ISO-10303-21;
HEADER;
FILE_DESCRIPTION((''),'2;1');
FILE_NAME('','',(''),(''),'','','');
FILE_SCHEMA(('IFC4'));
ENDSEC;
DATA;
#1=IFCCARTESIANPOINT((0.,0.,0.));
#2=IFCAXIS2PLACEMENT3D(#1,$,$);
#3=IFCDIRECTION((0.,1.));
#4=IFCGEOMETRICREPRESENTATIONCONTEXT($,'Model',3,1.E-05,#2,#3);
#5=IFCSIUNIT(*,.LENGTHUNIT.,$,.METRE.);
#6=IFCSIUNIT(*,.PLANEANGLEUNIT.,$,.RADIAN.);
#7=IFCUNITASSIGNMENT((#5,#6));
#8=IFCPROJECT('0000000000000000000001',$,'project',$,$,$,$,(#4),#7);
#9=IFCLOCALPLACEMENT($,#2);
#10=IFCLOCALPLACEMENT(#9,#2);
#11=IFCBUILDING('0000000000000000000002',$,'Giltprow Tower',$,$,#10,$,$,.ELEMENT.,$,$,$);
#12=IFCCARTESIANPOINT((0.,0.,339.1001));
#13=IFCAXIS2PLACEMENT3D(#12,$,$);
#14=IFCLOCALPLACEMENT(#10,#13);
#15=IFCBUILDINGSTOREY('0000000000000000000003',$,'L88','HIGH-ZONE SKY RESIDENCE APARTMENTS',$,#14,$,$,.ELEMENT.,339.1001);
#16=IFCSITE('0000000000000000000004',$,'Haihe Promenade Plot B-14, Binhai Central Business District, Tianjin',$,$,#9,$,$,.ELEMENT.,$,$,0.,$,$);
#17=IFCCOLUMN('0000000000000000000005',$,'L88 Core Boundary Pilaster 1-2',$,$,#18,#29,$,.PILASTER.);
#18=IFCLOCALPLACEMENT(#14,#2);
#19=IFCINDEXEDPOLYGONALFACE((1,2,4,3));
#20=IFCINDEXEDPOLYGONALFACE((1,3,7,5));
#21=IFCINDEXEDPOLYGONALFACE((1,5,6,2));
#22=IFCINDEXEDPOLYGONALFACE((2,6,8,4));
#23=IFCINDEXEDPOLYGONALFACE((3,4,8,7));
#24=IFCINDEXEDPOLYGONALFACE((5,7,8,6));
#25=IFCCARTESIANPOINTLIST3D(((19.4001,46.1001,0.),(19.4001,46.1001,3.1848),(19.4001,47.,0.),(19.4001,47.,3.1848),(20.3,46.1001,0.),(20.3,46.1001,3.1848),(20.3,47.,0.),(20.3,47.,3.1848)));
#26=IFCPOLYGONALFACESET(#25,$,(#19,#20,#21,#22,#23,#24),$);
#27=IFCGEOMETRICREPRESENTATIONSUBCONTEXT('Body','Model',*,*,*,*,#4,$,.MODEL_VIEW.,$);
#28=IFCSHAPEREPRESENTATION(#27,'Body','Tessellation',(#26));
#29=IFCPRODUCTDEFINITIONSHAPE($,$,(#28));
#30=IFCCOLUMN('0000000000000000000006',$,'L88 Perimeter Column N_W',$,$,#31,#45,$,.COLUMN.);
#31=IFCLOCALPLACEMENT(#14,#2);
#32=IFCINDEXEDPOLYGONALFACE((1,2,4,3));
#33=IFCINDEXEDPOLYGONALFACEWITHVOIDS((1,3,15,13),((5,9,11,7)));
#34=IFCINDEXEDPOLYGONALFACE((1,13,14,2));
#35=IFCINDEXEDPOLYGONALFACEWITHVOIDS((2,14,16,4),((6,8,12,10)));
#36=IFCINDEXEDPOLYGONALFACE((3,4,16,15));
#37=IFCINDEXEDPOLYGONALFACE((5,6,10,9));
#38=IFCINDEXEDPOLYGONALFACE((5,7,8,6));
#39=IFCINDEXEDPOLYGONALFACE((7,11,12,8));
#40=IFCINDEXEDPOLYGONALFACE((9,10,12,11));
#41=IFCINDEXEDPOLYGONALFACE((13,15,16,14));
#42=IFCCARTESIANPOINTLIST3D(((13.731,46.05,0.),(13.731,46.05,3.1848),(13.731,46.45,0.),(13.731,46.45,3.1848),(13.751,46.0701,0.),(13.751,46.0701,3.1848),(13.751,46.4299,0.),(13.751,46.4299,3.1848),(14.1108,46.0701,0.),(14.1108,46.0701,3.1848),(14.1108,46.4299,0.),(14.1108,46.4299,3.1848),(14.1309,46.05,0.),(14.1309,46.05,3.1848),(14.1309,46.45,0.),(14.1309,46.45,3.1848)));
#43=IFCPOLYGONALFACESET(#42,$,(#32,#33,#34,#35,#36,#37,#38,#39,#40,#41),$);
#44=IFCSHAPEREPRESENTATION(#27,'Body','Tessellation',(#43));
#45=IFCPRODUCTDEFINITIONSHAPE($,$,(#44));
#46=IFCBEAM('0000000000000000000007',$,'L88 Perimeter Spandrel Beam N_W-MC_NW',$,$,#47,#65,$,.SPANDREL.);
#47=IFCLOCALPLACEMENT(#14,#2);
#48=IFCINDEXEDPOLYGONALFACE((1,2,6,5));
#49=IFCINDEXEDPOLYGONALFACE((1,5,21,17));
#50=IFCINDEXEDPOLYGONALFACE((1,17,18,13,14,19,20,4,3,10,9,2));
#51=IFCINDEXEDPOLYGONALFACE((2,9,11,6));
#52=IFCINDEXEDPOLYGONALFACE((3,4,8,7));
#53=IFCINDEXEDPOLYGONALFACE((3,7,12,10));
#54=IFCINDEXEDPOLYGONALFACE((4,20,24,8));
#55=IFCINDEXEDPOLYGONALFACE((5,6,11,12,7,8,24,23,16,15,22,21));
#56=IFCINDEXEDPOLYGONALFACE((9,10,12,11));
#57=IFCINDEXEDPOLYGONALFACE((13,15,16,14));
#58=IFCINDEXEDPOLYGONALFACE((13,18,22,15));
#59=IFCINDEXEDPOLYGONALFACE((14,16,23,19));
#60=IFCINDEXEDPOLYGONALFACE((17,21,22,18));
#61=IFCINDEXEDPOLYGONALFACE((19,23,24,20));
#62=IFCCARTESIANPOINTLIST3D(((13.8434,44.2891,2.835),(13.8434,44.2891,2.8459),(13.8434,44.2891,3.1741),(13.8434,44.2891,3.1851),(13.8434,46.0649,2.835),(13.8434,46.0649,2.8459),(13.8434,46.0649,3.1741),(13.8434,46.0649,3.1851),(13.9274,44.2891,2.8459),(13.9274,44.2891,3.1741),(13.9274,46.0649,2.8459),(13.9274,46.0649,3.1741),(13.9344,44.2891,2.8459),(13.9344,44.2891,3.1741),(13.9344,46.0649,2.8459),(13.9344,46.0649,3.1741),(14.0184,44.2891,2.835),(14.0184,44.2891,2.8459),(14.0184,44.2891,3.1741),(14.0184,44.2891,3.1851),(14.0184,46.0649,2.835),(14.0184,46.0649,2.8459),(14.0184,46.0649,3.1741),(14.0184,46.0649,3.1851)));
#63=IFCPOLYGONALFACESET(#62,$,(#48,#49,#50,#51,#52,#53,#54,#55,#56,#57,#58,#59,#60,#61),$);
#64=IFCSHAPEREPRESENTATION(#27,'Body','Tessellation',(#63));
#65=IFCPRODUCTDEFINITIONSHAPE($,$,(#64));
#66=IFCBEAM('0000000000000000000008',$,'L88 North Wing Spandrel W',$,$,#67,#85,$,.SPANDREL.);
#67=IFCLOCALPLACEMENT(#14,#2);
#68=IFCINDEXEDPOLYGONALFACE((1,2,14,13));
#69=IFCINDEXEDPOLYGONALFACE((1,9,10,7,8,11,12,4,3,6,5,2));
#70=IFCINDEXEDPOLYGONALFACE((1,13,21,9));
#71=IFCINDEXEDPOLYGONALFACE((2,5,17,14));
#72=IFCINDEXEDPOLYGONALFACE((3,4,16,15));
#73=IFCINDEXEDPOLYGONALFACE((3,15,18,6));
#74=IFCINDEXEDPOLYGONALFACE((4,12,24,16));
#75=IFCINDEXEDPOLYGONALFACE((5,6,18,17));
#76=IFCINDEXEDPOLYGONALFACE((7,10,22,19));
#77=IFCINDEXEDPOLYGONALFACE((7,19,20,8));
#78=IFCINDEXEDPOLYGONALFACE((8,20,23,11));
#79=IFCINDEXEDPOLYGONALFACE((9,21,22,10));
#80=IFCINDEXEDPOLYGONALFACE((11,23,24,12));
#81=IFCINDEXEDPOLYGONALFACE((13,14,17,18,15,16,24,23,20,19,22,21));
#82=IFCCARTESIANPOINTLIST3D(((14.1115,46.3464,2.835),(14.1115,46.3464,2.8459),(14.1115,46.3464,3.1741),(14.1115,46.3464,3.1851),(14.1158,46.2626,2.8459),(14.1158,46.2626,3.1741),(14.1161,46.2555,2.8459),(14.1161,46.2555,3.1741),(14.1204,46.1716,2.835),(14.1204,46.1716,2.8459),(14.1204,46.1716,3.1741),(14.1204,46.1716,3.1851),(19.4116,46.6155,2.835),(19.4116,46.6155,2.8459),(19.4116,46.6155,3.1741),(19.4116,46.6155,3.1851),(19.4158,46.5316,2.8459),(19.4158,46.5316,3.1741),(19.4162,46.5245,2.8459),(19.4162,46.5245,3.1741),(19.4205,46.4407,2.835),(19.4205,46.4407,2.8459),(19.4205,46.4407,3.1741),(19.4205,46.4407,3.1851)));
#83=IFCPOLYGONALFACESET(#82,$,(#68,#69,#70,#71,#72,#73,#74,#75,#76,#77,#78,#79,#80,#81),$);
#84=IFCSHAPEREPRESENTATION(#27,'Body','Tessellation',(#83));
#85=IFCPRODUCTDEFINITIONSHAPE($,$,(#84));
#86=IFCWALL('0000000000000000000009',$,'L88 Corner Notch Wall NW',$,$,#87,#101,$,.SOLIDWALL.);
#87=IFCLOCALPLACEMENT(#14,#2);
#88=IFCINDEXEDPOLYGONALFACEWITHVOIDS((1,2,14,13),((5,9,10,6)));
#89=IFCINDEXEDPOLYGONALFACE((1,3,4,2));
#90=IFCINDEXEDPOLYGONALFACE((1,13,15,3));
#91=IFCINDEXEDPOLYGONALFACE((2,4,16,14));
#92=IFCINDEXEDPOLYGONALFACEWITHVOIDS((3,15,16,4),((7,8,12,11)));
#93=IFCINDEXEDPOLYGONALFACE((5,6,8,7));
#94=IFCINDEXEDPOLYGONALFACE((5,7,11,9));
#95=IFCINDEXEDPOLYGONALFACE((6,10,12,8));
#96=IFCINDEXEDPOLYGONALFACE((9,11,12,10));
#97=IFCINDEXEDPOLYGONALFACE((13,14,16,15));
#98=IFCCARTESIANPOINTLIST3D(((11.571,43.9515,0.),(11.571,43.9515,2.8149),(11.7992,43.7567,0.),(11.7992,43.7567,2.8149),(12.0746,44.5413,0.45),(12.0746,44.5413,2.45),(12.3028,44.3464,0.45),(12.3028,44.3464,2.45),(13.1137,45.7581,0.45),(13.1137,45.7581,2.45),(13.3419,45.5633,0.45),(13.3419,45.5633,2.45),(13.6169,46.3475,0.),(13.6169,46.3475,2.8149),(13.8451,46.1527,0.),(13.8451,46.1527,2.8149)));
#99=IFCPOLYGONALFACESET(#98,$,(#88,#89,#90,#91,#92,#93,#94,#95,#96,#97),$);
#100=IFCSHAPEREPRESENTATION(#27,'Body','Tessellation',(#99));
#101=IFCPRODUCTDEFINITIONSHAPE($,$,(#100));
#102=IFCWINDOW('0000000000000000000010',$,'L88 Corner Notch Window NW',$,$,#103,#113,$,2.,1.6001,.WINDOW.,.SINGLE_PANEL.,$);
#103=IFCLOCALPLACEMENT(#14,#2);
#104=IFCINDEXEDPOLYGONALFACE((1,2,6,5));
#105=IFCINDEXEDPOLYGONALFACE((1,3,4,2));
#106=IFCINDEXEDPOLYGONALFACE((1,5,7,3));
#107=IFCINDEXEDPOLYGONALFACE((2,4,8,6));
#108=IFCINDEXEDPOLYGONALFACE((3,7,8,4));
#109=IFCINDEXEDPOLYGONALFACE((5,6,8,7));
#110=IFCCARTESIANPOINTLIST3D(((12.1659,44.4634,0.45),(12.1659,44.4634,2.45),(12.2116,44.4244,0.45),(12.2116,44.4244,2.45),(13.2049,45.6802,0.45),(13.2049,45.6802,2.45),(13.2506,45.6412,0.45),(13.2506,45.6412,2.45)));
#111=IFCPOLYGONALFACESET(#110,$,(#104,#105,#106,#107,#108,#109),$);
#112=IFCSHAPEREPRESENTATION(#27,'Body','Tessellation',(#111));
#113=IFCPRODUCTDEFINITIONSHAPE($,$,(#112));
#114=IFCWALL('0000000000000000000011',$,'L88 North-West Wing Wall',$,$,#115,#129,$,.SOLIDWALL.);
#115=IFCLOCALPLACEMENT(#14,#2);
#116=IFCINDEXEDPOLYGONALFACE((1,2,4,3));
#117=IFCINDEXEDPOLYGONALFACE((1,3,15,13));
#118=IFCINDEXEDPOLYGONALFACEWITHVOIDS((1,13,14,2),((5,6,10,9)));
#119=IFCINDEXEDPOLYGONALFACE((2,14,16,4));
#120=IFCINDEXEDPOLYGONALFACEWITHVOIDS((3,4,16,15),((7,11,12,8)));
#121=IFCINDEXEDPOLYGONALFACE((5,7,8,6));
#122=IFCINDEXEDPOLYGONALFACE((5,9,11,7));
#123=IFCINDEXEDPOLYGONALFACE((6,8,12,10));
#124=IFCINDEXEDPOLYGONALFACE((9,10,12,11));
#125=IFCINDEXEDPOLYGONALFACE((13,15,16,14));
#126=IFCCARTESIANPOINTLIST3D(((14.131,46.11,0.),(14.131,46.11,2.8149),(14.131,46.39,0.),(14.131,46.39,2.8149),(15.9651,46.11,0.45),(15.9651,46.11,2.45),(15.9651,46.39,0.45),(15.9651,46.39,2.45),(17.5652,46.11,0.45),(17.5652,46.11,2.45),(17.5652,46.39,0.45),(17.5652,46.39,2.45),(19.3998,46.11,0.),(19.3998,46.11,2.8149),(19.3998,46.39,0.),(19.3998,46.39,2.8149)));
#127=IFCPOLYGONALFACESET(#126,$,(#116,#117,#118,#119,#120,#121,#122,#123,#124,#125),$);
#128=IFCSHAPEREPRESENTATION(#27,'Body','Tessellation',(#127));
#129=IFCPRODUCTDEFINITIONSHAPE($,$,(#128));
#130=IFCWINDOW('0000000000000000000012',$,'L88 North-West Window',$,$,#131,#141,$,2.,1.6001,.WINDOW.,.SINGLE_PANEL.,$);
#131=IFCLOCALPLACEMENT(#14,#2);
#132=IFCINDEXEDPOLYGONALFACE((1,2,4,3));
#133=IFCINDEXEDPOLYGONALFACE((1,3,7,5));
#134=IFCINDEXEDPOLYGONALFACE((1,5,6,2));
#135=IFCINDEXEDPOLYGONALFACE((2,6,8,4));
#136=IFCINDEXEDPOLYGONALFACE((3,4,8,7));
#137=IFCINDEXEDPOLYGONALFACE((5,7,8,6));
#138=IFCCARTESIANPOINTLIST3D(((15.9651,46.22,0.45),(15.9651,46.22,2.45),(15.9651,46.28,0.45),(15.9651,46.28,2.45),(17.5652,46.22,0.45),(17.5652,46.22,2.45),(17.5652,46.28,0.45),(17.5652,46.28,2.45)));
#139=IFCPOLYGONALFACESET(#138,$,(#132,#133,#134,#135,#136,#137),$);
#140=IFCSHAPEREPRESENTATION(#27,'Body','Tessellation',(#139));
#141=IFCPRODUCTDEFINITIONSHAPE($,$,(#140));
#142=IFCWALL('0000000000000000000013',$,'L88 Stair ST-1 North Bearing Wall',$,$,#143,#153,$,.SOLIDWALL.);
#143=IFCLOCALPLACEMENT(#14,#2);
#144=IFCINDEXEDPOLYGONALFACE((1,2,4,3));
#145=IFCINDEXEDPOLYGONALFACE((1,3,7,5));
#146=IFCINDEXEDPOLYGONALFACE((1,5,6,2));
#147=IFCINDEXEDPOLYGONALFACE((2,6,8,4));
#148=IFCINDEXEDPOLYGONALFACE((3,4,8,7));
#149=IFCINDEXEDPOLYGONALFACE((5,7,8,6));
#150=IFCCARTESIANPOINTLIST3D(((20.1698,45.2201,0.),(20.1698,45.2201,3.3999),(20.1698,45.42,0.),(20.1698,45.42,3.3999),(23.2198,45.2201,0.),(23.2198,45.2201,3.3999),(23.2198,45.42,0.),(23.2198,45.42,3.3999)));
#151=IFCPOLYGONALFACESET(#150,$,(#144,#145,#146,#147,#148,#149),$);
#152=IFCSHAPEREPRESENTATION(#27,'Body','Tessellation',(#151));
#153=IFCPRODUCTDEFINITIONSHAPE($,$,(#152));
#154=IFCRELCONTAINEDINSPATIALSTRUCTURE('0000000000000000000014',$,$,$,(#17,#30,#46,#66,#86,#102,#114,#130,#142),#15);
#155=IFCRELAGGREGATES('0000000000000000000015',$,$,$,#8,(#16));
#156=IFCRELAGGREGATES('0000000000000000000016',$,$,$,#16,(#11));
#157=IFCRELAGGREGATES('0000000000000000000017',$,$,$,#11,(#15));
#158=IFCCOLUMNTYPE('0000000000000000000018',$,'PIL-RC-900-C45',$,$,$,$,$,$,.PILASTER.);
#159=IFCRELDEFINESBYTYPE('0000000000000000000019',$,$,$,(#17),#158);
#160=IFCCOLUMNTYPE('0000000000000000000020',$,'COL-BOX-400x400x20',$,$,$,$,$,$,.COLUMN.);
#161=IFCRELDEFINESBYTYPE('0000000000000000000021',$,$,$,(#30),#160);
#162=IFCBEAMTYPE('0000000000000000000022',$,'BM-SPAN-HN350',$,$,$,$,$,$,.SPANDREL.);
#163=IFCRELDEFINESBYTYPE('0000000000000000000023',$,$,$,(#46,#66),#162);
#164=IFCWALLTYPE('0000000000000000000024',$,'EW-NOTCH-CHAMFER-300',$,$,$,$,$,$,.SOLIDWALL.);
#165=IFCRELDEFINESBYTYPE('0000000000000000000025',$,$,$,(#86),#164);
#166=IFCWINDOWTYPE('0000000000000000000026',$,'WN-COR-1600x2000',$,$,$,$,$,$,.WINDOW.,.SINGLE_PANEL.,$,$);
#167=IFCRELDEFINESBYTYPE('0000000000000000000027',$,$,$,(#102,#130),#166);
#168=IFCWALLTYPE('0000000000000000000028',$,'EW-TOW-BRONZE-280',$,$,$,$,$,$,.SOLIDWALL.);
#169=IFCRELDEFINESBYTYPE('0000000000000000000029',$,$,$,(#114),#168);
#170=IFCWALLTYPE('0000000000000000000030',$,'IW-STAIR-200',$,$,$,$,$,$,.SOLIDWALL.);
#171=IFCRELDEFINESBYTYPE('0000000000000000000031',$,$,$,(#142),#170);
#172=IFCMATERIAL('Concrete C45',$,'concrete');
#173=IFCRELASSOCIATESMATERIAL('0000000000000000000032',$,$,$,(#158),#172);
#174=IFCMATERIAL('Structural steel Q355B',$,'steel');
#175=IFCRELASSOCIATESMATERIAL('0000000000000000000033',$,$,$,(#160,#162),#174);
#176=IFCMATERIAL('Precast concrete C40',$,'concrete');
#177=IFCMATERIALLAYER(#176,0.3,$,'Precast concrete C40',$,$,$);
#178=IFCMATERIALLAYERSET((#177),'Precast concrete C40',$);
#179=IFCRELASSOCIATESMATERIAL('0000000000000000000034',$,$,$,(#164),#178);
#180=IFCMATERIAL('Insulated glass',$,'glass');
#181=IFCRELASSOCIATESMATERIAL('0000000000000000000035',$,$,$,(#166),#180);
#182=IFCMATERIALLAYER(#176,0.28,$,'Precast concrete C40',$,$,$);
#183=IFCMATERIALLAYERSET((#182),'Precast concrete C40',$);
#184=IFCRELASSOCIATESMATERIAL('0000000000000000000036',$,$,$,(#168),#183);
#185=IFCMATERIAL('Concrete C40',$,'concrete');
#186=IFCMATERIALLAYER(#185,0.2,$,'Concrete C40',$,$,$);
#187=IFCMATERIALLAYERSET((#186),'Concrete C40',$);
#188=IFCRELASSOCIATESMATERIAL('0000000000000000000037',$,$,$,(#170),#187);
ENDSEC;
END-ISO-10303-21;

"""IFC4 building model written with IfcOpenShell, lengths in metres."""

from ifc_helpers import new_model, si_unit, direction, frame, frame_2d, origin, origin_2d, place, context, subcontext, project, spatial, rectangle, hollow_rectangle, i_section, extrude, source, transform, mapped, material, layer, layer_set, material_profile, profile_set, type_object, element, fill, save


model = new_model("IFC4")

# Units and contexts
model_context = context("Model", 3, precision=1e-05, world=origin(), true_north=direction((0.0, 1.0)))
body_context = subcontext(model_context, "Body", "Model", "MODEL_VIEW")
ifc_project = project(units=[si_unit("LENGTHUNIT", "METRE"), si_unit("PLANEANGLEUNIT", "RADIAN")], contexts=[model_context])

# Site, building, storey
site_placement = place(None, origin())
site = spatial("IfcSite", under=ifc_project, at=site_placement, Name="Haihe Promenade Plot B-14, Binhai Central Business District, Tianjin", CompositionType="ELEMENT", RefElevation=0.0)
building_placement = place(site_placement, origin())
building = spatial("IfcBuilding", under=site, at=building_placement, Name="Giltprow Tower", CompositionType="ELEMENT")
storey_placement = place(building_placement, frame((0.0, 0.0, 339.1001)))
storey = spatial("IfcBuildingStorey", under=building, at=storey_placement, Name="L88", Description="HIGH-ZONE SKY RESIDENCE APARTMENTS", CompositionType="ELEMENT", Elevation=339.1001)

# Columns
ifc_material_1 = material(Name="Concrete C45", Category="concrete")
ifc_material_profile_1 = material_profile(ifc_material_1, rectangle(XDim=0.8999, YDim=0.8999, at=origin_2d()), Name="RC 900x900")
ifc_profile_set_1 = profile_set([ifc_material_profile_1], Name="Concrete C45")
column_type_1 = type_object("IfcColumnType", Name="PIL-RC-900-C45", PredefinedType="PILASTER", material=ifc_profile_set_1)
shared_shape_1 = source(origin(), body_context, "Body", "SweptSolid", [
    extrude(rectangle(XDim=0.8999, YDim=0.8999, at=origin_2d()), origin(), (0.0, 0.0, 1.0), 3.1848),
])
column_1_placement = place(storey_placement, frame((19.8501, 46.55, 0.0), z_axis=(0.0, 0.0, 1.0), x_axis=(1.0, 0.0, 0.0)))
element("IfcColumn", 1, at=column_1_placement, inside=storey, type_object=column_type_1, Name="L88 Core Boundary Pilaster 1-2", PredefinedType="PILASTER", context=body_context, shape_type="MappedRepresentation", body=[
    mapped(shared_shape_1, transform((0.0, 0.0, 0.0), x_axis=(1.0, 0.0, 0.0), y_axis=(0.0, 1.0, 0.0), z_axis=(0.0, 0.0, 1.0), scale=1.0)),
])
ifc_material_2 = material(Name="Structural steel Q355B", Category="steel")
ifc_material_profile_2 = material_profile(ifc_material_2, hollow_rectangle(XDim=0.3999, YDim=0.3999, WallThickness=0.02, at=origin_2d()), Name="BOX 400x400x20")
ifc_profile_set_2 = profile_set([ifc_material_profile_2], Name="Structural steel Q355B")
column_type_2 = type_object("IfcColumnType", Name="COL-BOX-400x400x20", PredefinedType="COLUMN", material=ifc_profile_set_2)
shared_shape_2 = source(origin(), body_context, "Body", "SweptSolid", [
    extrude(hollow_rectangle(XDim=0.3999, YDim=0.3999, WallThickness=0.02, at=origin_2d()), origin(), (0.0, 0.0, 1.0), 3.1848),
])
column_2_placement = place(storey_placement, frame((13.9309, 46.25, 0.0), z_axis=(0.0, 0.0, 1.0), x_axis=(1.0, 0.0, 0.0)))
element("IfcColumn", 2, at=column_2_placement, inside=storey, type_object=column_type_2, Name="L88 Perimeter Column N_W", PredefinedType="COLUMN", context=body_context, shape_type="MappedRepresentation", body=[
    mapped(shared_shape_2, transform((0.0, 0.0, 0.0), x_axis=(1.0, 0.0, 0.0), y_axis=(0.0, 1.0, 0.0), z_axis=(0.0, 0.0, 1.0), scale=1.0)),
])

# Beams
ifc_material_profile_3 = material_profile(ifc_material_2, i_section(OverallWidth=0.175, OverallDepth=0.3501, WebThickness=0.0071, FlangeThickness=0.011, at=origin_2d()), Name="HN 350x175x7x11")
ifc_profile_set_3 = profile_set([ifc_material_profile_3], Name="Structural steel Q355B")
beam_type = type_object("IfcBeamType", Name="BM-SPAN-HN350", PredefinedType="SPANDREL", material=ifc_profile_set_3)
shared_shape_3 = source(origin(), body_context, "Body", "SweptSolid", [
    extrude(i_section(OverallWidth=0.175, OverallDepth=0.3501, WebThickness=0.0071, FlangeThickness=0.011, at=origin_2d()), origin(), (0.0, 0.0, 1.0), 1.7759),
])
beam_1_placement = place(storey_placement, frame((13.9309, 46.0649, 3.01), z_axis=(0.0, -1.0, 0.0), x_axis=(1.0, 0.0, 0.0)))
element("IfcBeam", 3, at=beam_1_placement, inside=storey, type_object=beam_type, Name="L88 Perimeter Spandrel Beam N_W-MC_NW", PredefinedType="SPANDREL", context=body_context, shape_type="MappedRepresentation", body=[
    mapped(shared_shape_3, transform((0.0, 0.0, 0.0), x_axis=(1.0, 0.0, 0.0), y_axis=(0.0, 1.0, 0.0), z_axis=(0.0, 0.0, 1.0), scale=1.0)),
])
shared_shape_4 = source(origin(), body_context, "Body", "SweptSolid", [
    extrude(i_section(OverallWidth=0.175, OverallDepth=0.3501, WebThickness=0.0071, FlangeThickness=0.011, at=origin_2d()), origin(), (0.0, 0.0, 1.0), 5.3069),
])
beam_2_placement = place(storey_placement, frame((14.116, 46.259, 3.01), z_axis=(0.998714, 0.050697, 0.0), x_axis=(-0.050697, 0.998714, 0.0)))
element("IfcBeam", 4, at=beam_2_placement, inside=storey, type_object=beam_type, Name="L88 North Wing Spandrel W", PredefinedType="SPANDREL", context=body_context, shape_type="MappedRepresentation", body=[
    mapped(shared_shape_4, transform((0.0, 0.0, 0.0), x_axis=(1.0, 0.0, 0.0), y_axis=(0.0, 1.0, 0.0), z_axis=(0.0, 0.0, 1.0), scale=1.0)),
])

# Walls, openings, windows
ifc_material_3 = material(Name="Precast concrete C40", Category="concrete")
ifc_layer_1 = layer(ifc_material_3, 0.3, Name="Precast concrete C40")
ifc_layer_set_1 = layer_set([ifc_layer_1], Name="Precast concrete C40")
wall_type_1 = type_object("IfcWallType", Name="EW-NOTCH-CHAMFER-300", PredefinedType="SOLIDWALL", material=ifc_layer_set_1)
wall_1_placement = place(storey_placement, frame((13.731, 46.25, 0.0), z_axis=(0.0, 0.0, 1.0), x_axis=(-0.649361, -0.760481, 0.0)))
wall_1 = element("IfcWall", 5, at=wall_1_placement, inside=storey, type_object=wall_type_1, Name="L88 Corner Notch Wall NW", PredefinedType="SOLIDWALL", context=body_context, shape_type="SweptSolid", body=[
    extrude(rectangle(XDim=3.1506, YDim=0.3, at=frame_2d((1.5752, 0.0))), origin(), (0.0, 0.0, 1.0), 2.8149),
])
opening_1_placement = place(wall_1_placement, frame((0.7749, 0.0, 0.45)))
opening_1 = element("IfcOpeningElement", 6, at=opening_1_placement, cuts=wall_1, PredefinedType="OPENING", context=body_context, shape_type="SweptSolid", body=[
    extrude(rectangle(XDim=1.6001, YDim=2.0, at=frame_2d((0.8, 1.0))), frame((0.0, 0.1599, 0.0), z_axis=(0.0, -1.0, 0.0), x_axis=(1.0, 0.0, 0.0)), (0.0, 0.0, 1.0), 0.3201),
])
ifc_material_4 = material(Name="Insulated glass", Category="glass")
window_type = type_object("IfcWindowType", Name="WN-COR-1600x2000", PartitioningType="SINGLE_PANEL", PredefinedType="WINDOW", material=ifc_material_4)
shared_shape_5 = source(origin(), body_context, "Body", "SweptSolid", [
    extrude(rectangle(XDim=1.6001, YDim=2.0, at=frame_2d((0.8, 1.0))), frame((0.0, 0.03, 0.0), z_axis=(0.0, -1.0, 0.0), x_axis=(1.0, 0.0, 0.0)), (0.0, 0.0, 1.0), 0.0601),
])
window_1_placement = place(opening_1_placement, origin())
window_1 = element("IfcWindow", 7, at=window_1_placement, inside=storey, type_object=window_type, Name="L88 Corner Notch Window NW", OverallHeight=2.0, OverallWidth=1.6001, PartitioningType="SINGLE_PANEL", PredefinedType="WINDOW", context=body_context, shape_type="MappedRepresentation", body=[
    mapped(shared_shape_5, transform((0.0, 0.0, 0.0), x_axis=(1.0, 0.0, 0.0), y_axis=(0.0, 1.0, 0.0), z_axis=(0.0, 0.0, 1.0), scale=1.0)),
])
fill(opening_1, window_1)
ifc_layer_2 = layer(ifc_material_3, 0.28, Name="Precast concrete C40")
ifc_layer_set_2 = layer_set([ifc_layer_2], Name="Precast concrete C40")
wall_type_2 = type_object("IfcWallType", Name="EW-TOW-BRONZE-280", PredefinedType="SOLIDWALL", material=ifc_layer_set_2)
wall_2_placement = place(storey_placement, frame((14.1311, 46.25, 0.0), z_axis=(0.0, 0.0, 1.0), x_axis=(1.0, 0.0, 0.0)))
wall_2 = element("IfcWall", 8, at=wall_2_placement, inside=storey, type_object=wall_type_2, Name="L88 North-West Wing Wall", PredefinedType="SOLIDWALL", context=body_context, shape_type="SweptSolid", body=[
    extrude(rectangle(XDim=5.2688, YDim=0.28, at=frame_2d((2.6343, 0.0))), origin(), (0.0, 0.0, 1.0), 2.8149),
])
opening_2_placement = place(wall_2_placement, frame((1.834, 0.0, 0.45)))
opening_2 = element("IfcOpeningElement", 9, at=opening_2_placement, cuts=wall_2, PredefinedType="OPENING", context=body_context, shape_type="SweptSolid", body=[
    extrude(rectangle(XDim=1.6001, YDim=2.0, at=frame_2d((0.8, 1.0))), frame((0.0, 0.1499, 0.0), z_axis=(0.0, -1.0, 0.0), x_axis=(1.0, 0.0, 0.0)), (0.0, 0.0, 1.0), 0.3),
])
window_2_placement = place(opening_2_placement, origin())
window_2 = element("IfcWindow", 10, at=window_2_placement, inside=storey, type_object=window_type, Name="L88 North-West Window", OverallHeight=2.0, OverallWidth=1.6001, PartitioningType="SINGLE_PANEL", PredefinedType="WINDOW", context=body_context, shape_type="MappedRepresentation", body=[
    mapped(shared_shape_5, transform((0.0, 0.0, 0.0), x_axis=(1.0, 0.0, 0.0), y_axis=(0.0, 1.0, 0.0), z_axis=(0.0, 0.0, 1.0), scale=1.0)),
])
fill(opening_2, window_2)

# Wall
ifc_material_5 = material(Name="Concrete C40", Category="concrete")
ifc_layer_3 = layer(ifc_material_5, 0.2, Name="Concrete C40")
ifc_layer_set_3 = layer_set([ifc_layer_3], Name="Concrete C40")
wall_type_3 = type_object("IfcWallType", Name="IW-STAIR-200", PredefinedType="SOLIDWALL", material=ifc_layer_set_3)
wall_3_placement = place(storey_placement, frame((20.1699, 45.3201, 0.0), z_axis=(0.0, 0.0, 1.0), x_axis=(1.0, 0.0, 0.0)))
element("IfcWall", 11, at=wall_3_placement, inside=storey, type_object=wall_type_3, Name="L88 Stair ST-1 North Bearing Wall", PredefinedType="SOLIDWALL", context=body_context, shape_type="SweptSolid", body=[
    extrude(rectangle(XDim=3.05, YDim=0.2, at=frame_2d((1.5249, 0.0))), origin(), (0.0, 0.0, 1.0), 3.3999),
])

save(model, "model.ifc")
